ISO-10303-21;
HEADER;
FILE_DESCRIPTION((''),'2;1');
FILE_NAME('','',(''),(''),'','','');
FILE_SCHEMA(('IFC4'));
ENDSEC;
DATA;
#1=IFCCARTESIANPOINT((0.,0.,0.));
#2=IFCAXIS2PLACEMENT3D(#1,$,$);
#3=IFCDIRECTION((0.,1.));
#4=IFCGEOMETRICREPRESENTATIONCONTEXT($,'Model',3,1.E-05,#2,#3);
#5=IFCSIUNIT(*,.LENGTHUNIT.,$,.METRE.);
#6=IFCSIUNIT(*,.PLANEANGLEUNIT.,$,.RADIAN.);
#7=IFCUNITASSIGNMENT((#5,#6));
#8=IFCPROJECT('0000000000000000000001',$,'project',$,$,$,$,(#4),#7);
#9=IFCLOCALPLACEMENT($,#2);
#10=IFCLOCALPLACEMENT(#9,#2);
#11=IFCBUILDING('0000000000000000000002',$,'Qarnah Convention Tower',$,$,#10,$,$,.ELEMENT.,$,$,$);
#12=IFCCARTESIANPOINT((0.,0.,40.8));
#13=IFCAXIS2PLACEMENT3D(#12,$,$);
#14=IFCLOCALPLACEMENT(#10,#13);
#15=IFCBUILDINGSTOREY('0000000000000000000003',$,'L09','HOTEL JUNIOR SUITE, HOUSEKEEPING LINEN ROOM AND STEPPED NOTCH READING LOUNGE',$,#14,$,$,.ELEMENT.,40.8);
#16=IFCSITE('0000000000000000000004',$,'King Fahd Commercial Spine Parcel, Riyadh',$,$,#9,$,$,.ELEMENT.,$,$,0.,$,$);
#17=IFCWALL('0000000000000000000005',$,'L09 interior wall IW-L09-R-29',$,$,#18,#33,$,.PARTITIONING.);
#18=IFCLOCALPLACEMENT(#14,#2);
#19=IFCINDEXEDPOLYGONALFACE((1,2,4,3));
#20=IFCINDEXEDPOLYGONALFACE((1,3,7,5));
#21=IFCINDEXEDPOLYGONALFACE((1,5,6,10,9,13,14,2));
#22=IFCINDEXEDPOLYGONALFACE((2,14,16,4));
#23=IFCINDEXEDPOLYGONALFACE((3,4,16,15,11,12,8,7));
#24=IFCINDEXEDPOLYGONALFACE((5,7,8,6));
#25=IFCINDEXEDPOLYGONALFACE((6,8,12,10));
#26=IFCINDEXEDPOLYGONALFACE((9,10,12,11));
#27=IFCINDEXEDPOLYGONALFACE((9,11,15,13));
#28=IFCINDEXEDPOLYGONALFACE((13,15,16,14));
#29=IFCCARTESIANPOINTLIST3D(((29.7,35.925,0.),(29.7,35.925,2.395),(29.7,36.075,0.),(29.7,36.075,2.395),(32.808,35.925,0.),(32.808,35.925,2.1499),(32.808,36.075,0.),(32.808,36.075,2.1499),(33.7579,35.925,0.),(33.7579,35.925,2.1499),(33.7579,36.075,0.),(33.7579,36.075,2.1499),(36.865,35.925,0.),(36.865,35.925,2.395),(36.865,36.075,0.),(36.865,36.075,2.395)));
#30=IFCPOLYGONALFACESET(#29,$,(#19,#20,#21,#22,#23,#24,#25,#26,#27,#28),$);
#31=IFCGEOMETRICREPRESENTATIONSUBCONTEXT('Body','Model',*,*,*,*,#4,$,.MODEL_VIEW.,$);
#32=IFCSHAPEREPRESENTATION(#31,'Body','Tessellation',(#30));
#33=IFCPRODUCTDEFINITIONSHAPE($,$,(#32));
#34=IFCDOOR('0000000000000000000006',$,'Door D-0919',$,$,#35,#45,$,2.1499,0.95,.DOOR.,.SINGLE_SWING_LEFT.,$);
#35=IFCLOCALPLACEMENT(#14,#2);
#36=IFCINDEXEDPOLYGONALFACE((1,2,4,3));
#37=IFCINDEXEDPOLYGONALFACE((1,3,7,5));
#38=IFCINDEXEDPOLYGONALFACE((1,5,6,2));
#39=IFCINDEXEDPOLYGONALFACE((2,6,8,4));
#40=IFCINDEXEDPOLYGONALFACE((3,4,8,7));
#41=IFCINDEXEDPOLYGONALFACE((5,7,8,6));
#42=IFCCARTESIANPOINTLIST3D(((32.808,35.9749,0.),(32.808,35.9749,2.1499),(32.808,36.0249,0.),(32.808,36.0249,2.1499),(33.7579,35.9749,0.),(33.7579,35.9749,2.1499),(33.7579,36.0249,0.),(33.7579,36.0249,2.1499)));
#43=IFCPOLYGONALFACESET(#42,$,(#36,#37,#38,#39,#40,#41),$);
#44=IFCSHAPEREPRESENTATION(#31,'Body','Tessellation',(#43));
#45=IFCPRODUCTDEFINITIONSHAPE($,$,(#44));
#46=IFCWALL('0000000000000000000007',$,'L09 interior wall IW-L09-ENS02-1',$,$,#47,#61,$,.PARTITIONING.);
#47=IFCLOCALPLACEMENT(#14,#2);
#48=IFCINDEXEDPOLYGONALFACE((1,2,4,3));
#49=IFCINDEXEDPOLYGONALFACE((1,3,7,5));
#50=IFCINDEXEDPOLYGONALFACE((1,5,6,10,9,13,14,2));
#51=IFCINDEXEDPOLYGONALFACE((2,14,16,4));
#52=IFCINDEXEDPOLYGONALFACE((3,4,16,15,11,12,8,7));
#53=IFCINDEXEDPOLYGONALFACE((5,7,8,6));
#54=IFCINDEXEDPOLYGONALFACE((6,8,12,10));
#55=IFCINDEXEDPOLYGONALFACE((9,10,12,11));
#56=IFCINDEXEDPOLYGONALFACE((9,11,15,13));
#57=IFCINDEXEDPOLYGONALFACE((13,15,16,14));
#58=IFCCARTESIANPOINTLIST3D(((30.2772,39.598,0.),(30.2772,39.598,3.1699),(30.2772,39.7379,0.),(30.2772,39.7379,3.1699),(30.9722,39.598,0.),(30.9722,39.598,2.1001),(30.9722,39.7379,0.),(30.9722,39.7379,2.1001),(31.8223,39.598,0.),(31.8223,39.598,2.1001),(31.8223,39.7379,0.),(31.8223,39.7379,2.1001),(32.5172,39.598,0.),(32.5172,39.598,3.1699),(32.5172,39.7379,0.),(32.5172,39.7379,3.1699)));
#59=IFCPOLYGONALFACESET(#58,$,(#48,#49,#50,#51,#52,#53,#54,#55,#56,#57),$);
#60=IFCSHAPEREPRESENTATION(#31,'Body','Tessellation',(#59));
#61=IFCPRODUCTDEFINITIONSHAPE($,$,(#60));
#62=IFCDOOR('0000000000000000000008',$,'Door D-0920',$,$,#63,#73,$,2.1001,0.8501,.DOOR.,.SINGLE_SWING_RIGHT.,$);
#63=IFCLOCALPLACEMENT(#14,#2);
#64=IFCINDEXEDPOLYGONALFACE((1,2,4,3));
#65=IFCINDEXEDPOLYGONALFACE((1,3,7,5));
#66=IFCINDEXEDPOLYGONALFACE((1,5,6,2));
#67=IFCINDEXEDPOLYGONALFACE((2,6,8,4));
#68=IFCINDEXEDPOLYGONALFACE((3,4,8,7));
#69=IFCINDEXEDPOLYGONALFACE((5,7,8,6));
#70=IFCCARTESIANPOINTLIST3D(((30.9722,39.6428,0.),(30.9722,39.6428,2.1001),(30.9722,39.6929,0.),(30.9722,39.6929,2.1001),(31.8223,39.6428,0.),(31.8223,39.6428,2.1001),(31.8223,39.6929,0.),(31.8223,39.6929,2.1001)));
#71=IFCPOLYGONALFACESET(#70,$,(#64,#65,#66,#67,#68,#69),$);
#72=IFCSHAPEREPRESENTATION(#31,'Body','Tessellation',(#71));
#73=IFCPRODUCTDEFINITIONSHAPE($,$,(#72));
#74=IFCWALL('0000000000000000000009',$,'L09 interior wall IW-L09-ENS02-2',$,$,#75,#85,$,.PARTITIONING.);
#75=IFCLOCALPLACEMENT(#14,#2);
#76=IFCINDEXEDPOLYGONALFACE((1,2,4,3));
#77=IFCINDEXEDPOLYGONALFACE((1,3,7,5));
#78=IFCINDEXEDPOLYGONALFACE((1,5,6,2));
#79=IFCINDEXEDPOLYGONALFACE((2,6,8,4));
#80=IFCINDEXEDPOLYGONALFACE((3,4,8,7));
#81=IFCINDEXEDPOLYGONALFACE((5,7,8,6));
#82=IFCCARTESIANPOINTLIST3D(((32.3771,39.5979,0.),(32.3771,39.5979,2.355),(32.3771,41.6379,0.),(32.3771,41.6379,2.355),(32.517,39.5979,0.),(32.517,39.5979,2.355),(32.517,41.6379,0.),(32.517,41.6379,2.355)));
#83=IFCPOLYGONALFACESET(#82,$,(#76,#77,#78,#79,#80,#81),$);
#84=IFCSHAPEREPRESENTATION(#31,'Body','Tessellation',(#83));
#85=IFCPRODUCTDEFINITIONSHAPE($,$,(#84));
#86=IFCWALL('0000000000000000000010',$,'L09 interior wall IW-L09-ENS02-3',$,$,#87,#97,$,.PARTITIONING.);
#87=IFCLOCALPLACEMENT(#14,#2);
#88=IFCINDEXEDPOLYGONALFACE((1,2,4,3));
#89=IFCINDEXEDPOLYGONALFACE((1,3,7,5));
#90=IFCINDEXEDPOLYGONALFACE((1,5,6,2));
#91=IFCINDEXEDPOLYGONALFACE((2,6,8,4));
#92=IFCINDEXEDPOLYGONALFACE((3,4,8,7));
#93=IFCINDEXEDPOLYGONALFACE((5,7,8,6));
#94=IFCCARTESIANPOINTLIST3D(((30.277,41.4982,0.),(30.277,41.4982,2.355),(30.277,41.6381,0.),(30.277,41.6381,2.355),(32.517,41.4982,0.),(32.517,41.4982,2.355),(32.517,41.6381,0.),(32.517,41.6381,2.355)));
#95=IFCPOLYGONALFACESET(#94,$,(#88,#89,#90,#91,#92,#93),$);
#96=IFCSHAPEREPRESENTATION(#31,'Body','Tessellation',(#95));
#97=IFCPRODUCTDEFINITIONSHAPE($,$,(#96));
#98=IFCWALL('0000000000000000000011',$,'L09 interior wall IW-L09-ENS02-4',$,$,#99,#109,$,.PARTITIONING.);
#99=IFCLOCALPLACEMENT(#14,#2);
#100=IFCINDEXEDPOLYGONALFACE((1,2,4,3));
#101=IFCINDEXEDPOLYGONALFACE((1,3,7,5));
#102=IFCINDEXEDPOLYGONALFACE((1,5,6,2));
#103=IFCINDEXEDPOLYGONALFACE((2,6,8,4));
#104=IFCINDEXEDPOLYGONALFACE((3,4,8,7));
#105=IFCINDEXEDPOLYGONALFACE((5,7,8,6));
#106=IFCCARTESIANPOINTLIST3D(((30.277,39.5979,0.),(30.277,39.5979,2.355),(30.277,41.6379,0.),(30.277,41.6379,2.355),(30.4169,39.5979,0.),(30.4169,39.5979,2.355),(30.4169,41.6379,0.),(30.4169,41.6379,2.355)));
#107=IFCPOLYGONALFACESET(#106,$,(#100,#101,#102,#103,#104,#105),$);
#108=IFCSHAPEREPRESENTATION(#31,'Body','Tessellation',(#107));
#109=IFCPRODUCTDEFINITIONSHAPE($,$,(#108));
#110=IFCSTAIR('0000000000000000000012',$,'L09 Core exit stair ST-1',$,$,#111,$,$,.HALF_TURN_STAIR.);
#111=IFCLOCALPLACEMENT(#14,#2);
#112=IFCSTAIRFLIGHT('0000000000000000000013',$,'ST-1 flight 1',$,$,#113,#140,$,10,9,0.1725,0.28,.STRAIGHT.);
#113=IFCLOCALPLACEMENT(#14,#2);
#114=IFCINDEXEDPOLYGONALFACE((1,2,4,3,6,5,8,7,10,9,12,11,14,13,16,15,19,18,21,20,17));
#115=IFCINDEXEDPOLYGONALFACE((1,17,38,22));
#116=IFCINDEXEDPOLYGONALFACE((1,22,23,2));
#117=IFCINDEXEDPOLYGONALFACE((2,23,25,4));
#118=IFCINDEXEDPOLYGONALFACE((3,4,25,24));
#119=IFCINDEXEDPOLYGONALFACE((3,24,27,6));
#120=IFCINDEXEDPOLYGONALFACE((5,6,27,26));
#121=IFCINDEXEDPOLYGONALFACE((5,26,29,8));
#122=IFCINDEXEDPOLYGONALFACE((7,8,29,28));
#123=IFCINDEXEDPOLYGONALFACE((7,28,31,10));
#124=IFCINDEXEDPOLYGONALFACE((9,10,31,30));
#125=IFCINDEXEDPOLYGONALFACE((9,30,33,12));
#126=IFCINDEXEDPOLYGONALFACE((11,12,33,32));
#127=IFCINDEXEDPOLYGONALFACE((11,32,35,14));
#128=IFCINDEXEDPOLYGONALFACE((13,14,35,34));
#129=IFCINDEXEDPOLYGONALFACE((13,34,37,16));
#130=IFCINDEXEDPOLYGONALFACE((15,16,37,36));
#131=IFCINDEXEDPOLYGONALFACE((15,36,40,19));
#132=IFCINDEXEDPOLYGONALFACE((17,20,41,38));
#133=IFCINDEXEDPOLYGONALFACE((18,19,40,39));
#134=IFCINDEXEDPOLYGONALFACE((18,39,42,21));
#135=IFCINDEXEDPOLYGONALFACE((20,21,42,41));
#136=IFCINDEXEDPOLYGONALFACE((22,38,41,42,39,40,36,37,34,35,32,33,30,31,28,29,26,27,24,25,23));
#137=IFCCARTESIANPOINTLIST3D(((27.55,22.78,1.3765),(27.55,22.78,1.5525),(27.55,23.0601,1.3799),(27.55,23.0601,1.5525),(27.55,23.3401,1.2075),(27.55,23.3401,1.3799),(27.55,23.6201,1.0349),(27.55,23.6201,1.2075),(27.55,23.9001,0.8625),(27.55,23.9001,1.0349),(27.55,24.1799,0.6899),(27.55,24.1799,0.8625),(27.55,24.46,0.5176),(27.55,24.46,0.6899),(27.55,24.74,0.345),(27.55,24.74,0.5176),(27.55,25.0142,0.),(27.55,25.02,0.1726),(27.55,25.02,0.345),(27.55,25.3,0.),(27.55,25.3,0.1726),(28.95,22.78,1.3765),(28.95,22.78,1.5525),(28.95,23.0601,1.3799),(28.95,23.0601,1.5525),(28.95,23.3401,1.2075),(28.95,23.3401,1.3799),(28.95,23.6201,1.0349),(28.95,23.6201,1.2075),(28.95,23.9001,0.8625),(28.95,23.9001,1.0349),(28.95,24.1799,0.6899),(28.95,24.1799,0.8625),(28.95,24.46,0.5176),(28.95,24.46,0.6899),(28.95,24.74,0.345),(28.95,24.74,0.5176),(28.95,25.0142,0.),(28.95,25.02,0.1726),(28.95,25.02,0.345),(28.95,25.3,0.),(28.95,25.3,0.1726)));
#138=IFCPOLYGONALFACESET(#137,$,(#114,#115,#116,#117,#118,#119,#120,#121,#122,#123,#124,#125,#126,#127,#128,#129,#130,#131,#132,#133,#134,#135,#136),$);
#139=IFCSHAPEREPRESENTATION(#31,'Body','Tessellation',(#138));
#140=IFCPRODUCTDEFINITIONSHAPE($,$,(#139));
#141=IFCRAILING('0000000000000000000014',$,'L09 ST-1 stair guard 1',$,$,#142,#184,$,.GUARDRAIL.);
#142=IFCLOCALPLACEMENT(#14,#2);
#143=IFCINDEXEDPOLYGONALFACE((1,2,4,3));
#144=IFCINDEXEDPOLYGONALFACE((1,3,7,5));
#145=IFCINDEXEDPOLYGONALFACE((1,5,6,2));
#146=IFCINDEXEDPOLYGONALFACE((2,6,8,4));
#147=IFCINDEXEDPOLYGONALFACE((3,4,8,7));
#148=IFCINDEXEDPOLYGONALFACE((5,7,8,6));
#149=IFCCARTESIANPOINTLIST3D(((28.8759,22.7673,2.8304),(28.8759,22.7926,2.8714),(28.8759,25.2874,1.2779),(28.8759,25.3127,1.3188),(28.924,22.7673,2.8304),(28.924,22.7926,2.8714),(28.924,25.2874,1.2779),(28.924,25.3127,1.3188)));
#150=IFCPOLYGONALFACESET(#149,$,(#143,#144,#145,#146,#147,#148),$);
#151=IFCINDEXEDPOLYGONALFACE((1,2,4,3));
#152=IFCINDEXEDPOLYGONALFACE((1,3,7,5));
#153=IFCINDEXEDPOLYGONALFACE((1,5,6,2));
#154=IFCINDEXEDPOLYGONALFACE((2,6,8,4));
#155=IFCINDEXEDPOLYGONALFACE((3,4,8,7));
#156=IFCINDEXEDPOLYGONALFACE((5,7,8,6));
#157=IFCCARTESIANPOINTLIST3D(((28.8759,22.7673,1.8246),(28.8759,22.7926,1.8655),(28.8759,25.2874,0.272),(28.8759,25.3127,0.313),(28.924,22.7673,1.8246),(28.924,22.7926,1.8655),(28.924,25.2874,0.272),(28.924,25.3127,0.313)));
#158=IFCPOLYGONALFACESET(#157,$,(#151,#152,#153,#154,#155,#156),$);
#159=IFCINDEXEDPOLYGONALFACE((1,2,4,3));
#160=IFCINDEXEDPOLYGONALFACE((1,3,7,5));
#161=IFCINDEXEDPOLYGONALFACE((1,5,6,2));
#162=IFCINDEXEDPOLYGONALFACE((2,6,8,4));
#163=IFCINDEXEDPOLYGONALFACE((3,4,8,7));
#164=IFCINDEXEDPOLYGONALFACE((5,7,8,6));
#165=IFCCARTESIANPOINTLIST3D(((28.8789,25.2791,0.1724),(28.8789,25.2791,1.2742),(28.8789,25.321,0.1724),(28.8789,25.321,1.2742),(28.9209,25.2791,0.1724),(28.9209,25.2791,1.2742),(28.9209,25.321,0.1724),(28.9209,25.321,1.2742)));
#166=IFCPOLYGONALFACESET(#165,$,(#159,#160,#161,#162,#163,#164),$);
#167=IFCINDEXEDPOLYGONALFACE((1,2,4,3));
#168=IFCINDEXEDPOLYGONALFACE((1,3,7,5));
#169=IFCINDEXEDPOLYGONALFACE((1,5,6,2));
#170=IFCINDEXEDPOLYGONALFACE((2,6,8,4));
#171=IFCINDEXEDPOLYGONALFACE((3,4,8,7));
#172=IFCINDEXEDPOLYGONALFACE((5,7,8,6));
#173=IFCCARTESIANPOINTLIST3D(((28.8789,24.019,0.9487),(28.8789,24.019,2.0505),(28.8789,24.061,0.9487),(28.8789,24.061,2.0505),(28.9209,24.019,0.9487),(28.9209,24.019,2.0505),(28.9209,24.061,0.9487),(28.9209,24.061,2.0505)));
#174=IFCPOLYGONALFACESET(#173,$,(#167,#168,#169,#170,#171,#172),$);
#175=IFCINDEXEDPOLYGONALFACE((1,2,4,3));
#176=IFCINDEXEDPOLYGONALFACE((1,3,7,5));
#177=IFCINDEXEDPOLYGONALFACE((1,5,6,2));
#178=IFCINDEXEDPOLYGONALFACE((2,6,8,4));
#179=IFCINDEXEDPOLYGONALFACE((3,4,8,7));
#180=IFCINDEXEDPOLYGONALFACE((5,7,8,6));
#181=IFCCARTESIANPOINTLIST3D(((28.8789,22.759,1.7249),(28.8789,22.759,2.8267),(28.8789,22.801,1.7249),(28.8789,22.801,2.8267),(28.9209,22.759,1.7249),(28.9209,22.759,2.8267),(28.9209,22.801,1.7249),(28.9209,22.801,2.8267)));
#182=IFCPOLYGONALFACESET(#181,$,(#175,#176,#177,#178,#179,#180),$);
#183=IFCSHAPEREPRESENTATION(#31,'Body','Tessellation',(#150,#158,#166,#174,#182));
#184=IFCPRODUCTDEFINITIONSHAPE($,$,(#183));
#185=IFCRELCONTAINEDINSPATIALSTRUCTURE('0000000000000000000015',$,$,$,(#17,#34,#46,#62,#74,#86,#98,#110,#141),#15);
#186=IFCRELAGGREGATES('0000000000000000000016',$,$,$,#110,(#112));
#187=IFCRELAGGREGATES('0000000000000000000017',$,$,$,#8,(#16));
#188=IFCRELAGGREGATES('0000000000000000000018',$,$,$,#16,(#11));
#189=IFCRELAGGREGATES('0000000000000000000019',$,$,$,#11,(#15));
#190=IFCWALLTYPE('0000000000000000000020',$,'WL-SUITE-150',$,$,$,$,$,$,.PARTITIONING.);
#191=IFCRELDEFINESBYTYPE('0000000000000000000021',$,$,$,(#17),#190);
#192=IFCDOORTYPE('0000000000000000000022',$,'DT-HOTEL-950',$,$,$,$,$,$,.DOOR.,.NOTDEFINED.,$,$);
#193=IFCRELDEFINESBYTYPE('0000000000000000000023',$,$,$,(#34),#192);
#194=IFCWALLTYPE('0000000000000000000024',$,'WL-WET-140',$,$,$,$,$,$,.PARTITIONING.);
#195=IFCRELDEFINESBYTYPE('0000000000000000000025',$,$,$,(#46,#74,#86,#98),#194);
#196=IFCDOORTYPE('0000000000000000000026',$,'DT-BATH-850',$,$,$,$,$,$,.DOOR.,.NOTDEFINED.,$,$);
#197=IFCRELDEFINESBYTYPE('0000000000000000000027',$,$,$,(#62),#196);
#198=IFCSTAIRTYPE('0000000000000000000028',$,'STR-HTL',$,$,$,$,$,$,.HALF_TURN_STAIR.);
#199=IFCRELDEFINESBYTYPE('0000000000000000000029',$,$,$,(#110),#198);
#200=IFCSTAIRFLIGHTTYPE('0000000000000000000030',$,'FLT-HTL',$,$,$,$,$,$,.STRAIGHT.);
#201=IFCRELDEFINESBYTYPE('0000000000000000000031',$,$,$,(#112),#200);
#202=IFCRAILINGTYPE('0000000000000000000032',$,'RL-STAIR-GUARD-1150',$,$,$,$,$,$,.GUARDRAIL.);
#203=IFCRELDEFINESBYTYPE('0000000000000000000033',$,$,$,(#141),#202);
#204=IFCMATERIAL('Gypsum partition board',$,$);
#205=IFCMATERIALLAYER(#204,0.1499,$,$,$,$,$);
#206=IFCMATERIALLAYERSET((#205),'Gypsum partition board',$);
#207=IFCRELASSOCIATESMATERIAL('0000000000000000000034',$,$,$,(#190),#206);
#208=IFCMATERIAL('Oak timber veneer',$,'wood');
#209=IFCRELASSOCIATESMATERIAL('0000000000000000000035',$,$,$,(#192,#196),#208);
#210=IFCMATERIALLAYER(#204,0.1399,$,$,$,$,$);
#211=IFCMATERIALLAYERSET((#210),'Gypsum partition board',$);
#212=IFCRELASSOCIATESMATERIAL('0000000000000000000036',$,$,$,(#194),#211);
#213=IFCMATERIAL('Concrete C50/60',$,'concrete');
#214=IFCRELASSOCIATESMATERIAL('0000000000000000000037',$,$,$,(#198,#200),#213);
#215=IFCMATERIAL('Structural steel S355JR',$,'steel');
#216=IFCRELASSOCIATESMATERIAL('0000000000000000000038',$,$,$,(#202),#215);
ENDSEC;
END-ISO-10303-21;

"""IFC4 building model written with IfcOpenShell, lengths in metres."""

from ifc_helpers import new_model, si_unit, direction, frame, frame_2d, origin, origin_2d, place, context, subcontext, project, spatial, polyline, rectangle, outline, extrude, material, layer, layer_set, type_object, element, fill, aggregate, save


model = new_model("IFC4")

# Units and contexts
model_context = context("Model", 3, precision=1e-05, world=origin(), true_north=direction((0.0, 1.0)))
body_context = subcontext(model_context, "Body", "Model", "MODEL_VIEW")
ifc_project = project(units=[si_unit("LENGTHUNIT", "METRE"), si_unit("PLANEANGLEUNIT", "RADIAN")], contexts=[model_context])

# Site, building, storey
site_placement = place(None, origin())
site = spatial("IfcSite", under=ifc_project, at=site_placement, Name="King Fahd Commercial Spine Parcel, Riyadh", CompositionType="ELEMENT", RefElevation=0.0)
building_placement = place(site_placement, origin())
building = spatial("IfcBuilding", under=site, at=building_placement, Name="Qarnah Convention Tower", CompositionType="ELEMENT")
storey_placement = place(building_placement, frame((0.0, 0.0, 40.8)))
storey = spatial("IfcBuildingStorey", under=building, at=storey_placement, Name="L09", Description="HOTEL JUNIOR SUITE, HOUSEKEEPING LINEN ROOM AND STEPPED NOTCH READING LOUNGE", CompositionType="ELEMENT", Elevation=40.8)

# Shared definitions
ifc_material_1 = material(Name="Structural steel S355JR", Category="steel")

# Shared definitions
ifc_material_2 = material(Name="Gypsum partition board")
ifc_layer_1 = layer(ifc_material_2, 0.1499)
ifc_layer_set_1 = layer_set([ifc_layer_1], Name="Gypsum partition board")
wall_type_1 = type_object("IfcWallType", Name="WL-SUITE-150", PredefinedType="PARTITIONING", material=ifc_layer_set_1)

# Walls, openings, doors
ifc_material_3 = material(Name="Oak timber veneer", Category="wood")
door_type_1 = type_object("IfcDoorType", Name="DT-HOTEL-950", OperationType="NOTDEFINED", PredefinedType="DOOR", material=ifc_material_3)
wall_1_placement = place(storey_placement, frame((29.7, 36.0, 0.0), z_axis=(0.0, 0.0, 1.0), x_axis=(1.0, 0.0, 0.0)))
wall_1 = element("IfcWall", 1, at=wall_1_placement, inside=storey, type_object=wall_type_1, Name="L09 interior wall IW-L09-R-29", PredefinedType="PARTITIONING", context=body_context, shape_type="SweptSolid", body=[
    extrude(rectangle(XDim=7.165, YDim=0.1499, at=frame_2d((3.5825, 0.0))), origin(), (0.0, 0.0, 1.0), 2.395),
])
opening_1_placement = place(wall_1_placement, frame((3.1079, 0.0, 0.0)))
opening_1 = element("IfcOpeningElement", 2, at=opening_1_placement, cuts=wall_1, PredefinedType="OPENING", context=body_context, shape_type="SweptSolid", body=[
    extrude(rectangle(XDim=0.95, YDim=2.1499, at=frame_2d((0.4751, 1.075))), frame((0.0, 0.085, 0.0), z_axis=(0.0, -1.0, 0.0), x_axis=(1.0, 0.0, 0.0)), (0.0, 0.0, 1.0), 0.1699),
])
door_1_placement = place(opening_1_placement, origin())
door_1 = element("IfcDoor", 3, at=door_1_placement, inside=storey, type_object=door_type_1, Name="Door D-0919", OperationType="SINGLE_SWING_LEFT", OverallHeight=2.1499, OverallWidth=0.95, PredefinedType="DOOR", context=body_context, shape_type="SweptSolid", body=[
    extrude(rectangle(XDim=0.95, YDim=2.1499, at=frame_2d((0.4751, 1.075))), frame((0.0, 0.0249, 0.0), z_axis=(0.0, -1.0, 0.0), x_axis=(1.0, 0.0, 0.0)), (0.0, 0.0, 1.0), 0.05),
])
fill(opening_1, door_1)
ifc_layer_2 = layer(ifc_material_2, 0.1399)
ifc_layer_set_2 = layer_set([ifc_layer_2], Name="Gypsum partition board")
wall_type_2 = type_object("IfcWallType", Name="WL-WET-140", PredefinedType="PARTITIONING", material=ifc_layer_set_2)
wall_2_placement = place(storey_placement, frame((30.2771, 39.668, 0.0), z_axis=(0.0, 0.0, 1.0), x_axis=(1.0, 0.0, 0.0)))
wall_2 = element("IfcWall", 4, at=wall_2_placement, inside=storey, type_object=wall_type_2, Name="L09 interior wall IW-L09-ENS02-1", PredefinedType="PARTITIONING", context=body_context, shape_type="SweptSolid", body=[
    extrude(rectangle(XDim=2.24, YDim=0.1399, at=frame_2d((1.1201, 0.0))), origin(), (0.0, 0.0, 1.0), 3.1699),
])
opening_2_placement = place(wall_2_placement, frame((0.6951, 0.0, 0.0)))
opening_2 = element("IfcOpeningElement", 5, at=opening_2_placement, cuts=wall_2, PredefinedType="OPENING", context=body_context, shape_type="SweptSolid", body=[
    extrude(rectangle(XDim=0.8501, YDim=2.1001, at=frame_2d((0.425, 1.05))), frame((0.0, 0.0798, 0.0), z_axis=(0.0, -1.0, 0.0), x_axis=(1.0, 0.0, 0.0)), (0.0, 0.0, 1.0), 0.1599),
])
door_type_2 = type_object("IfcDoorType", Name="DT-BATH-850", OperationType="NOTDEFINED", PredefinedType="DOOR", material=ifc_material_3)
door_2_placement = place(opening_2_placement, origin())
door_2 = element("IfcDoor", 6, at=door_2_placement, inside=storey, type_object=door_type_2, Name="Door D-0920", OperationType="SINGLE_SWING_RIGHT", OverallHeight=2.1001, OverallWidth=0.8501, PredefinedType="DOOR", context=body_context, shape_type="SweptSolid", body=[
    extrude(rectangle(XDim=0.8501, YDim=2.1001, at=frame_2d((0.425, 1.05))), frame((0.0, 0.0249, 0.0), z_axis=(0.0, -1.0, 0.0), x_axis=(1.0, 0.0, 0.0)), (0.0, 0.0, 1.0), 0.05),
])
fill(opening_2, door_2)

# Walls
wall_3_placement = place(storey_placement, frame((32.447, 39.5979, 0.0), z_axis=(0.0, 0.0, 1.0), x_axis=(0.0, 1.0, 0.0)))
element("IfcWall", 7, at=wall_3_placement, inside=storey, type_object=wall_type_2, Name="L09 interior wall IW-L09-ENS02-2", PredefinedType="PARTITIONING", context=body_context, shape_type="SweptSolid", body=[
    extrude(rectangle(XDim=2.04, YDim=0.1399, at=frame_2d((1.02, 0.0))), origin(), (0.0, 0.0, 1.0), 2.355),
])
wall_4_placement = place(storey_placement, frame((32.5171, 41.5681, 0.0), z_axis=(0.0, 0.0, 1.0), x_axis=(-1.0, 0.0, 0.0)))
element("IfcWall", 8, at=wall_4_placement, inside=storey, type_object=wall_type_2, Name="L09 interior wall IW-L09-ENS02-3", PredefinedType="PARTITIONING", context=body_context, shape_type="SweptSolid", body=[
    extrude(rectangle(XDim=2.24, YDim=0.1399, at=frame_2d((1.1201, 0.0))), origin(), (0.0, 0.0, 1.0), 2.355),
])
wall_5_placement = place(storey_placement, frame((30.3469, 41.6379, 0.0), z_axis=(0.0, 0.0, 1.0), x_axis=(0.0, -1.0, 0.0)))
element("IfcWall", 9, at=wall_5_placement, inside=storey, type_object=wall_type_2, Name="L09 interior wall IW-L09-ENS02-4", PredefinedType="PARTITIONING", context=body_context, shape_type="SweptSolid", body=[
    extrude(rectangle(XDim=2.04, YDim=0.1399, at=frame_2d((1.02, 0.0))), origin(), (0.0, 0.0, 1.0), 2.355),
])

# Stair, stair flight
ifc_material_4 = material(Name="Concrete C50/60", Category="concrete")
stair_type = type_object("IfcStairType", Name="STR-HTL", PredefinedType="HALF_TURN_STAIR", material=ifc_material_4)
stair_placement = place(storey_placement, origin())
stair = element("IfcStair", 10, at=stair_placement, inside=storey, type_object=stair_type, Name="L09 Core exit stair ST-1", PredefinedType="HALF_TURN_STAIR")
stair_flight_type = type_object("IfcStairFlightType", Name="FLT-HTL", PredefinedType="STRAIGHT", material=ifc_material_4)
stair_flight_placement = place(storey_placement, frame((28.25, 25.3, 0.0), z_axis=(0.0, 0.0, 1.0), x_axis=(0.0, -1.0, 0.0)))
stair_flight = element("IfcStairFlight", 11, at=stair_flight_placement, type_object=stair_flight_type, Name="ST-1 flight 1", NumberOfRisers=10, NumberOfTreads=9, PredefinedType="STRAIGHT", RiserHeight=0.1725, TreadLength=0.28, context=body_context, shape_type="SweptSolid", body=[
    extrude(outline(polyline([(0.0, 0.0), (0.0, 0.1726), (0.28, 0.1726), (0.28, 0.345), (0.5601, 0.345), (0.5601, 0.5176), (0.8401, 0.5176), (0.8401, 0.6899), (1.1201, 0.6899), (1.1201, 0.8625), (1.3999, 0.8625), (1.3999, 1.0349), (1.6799, 1.0349), (1.6799, 1.2075), (1.96, 1.2075), (1.96, 1.3799), (2.24, 1.3799), (2.24, 1.5525), (2.52, 1.5525), (2.52, 1.7251), (2.52, 1.3765), (0.2859, 0.0), (0.0, 0.0)])), frame((0.0, 0.7, 0.0), z_axis=(0.0, -1.0, 0.0), x_axis=(1.0, 0.0, 0.0)), (0.0, 0.0, 1.0), 1.3999),
])
aggregate(stair, [stair_flight])

# Railing
railing_type = type_object("IfcRailingType", Name="RL-STAIR-GUARD-1150", PredefinedType="GUARDRAIL", material=ifc_material_1)
railing_1_placement = place(storey_placement, frame((28.8999, 25.3, 0.1724)))
element("IfcRailing", 12, at=railing_1_placement, inside=storey, type_object=railing_type, Name="L09 ST-1 stair guard 1", PredefinedType="GUARDRAIL", context=body_context, shape_type="SweptSolid", body=[
    extrude(rectangle(XDim=0.0481, YDim=0.0481, at=origin_2d()), frame((0.0, 0.0, 1.126), z_axis=(0.0, -0.8514, 0.524516), x_axis=(1.0, 0.0, 0.0)), (0.0, 0.0, 1.0), 2.96),
    extrude(rectangle(XDim=0.0481, YDim=0.0481, at=origin_2d()), frame((0.0, 0.0, 0.1201), z_axis=(0.0, -0.8514, 0.524516), x_axis=(1.0, 0.0, 0.0)), (0.0, 0.0, 1.0), 2.96),
    extrude(rectangle(XDim=0.042, YDim=0.042, at=origin_2d()), origin(), (0.0, 0.0, 1.0), 1.1018),
    extrude(rectangle(XDim=0.042, YDim=0.042, at=origin_2d()), frame((0.0, -1.26, 0.7764)), (0.0, 0.0, 1.0), 1.1018),
    extrude(rectangle(XDim=0.042, YDim=0.042, at=origin_2d()), frame((0.0, -2.52, 1.5525)), (0.0, 0.0, 1.0), 1.1018),
])

save(model, "model.ifc")
